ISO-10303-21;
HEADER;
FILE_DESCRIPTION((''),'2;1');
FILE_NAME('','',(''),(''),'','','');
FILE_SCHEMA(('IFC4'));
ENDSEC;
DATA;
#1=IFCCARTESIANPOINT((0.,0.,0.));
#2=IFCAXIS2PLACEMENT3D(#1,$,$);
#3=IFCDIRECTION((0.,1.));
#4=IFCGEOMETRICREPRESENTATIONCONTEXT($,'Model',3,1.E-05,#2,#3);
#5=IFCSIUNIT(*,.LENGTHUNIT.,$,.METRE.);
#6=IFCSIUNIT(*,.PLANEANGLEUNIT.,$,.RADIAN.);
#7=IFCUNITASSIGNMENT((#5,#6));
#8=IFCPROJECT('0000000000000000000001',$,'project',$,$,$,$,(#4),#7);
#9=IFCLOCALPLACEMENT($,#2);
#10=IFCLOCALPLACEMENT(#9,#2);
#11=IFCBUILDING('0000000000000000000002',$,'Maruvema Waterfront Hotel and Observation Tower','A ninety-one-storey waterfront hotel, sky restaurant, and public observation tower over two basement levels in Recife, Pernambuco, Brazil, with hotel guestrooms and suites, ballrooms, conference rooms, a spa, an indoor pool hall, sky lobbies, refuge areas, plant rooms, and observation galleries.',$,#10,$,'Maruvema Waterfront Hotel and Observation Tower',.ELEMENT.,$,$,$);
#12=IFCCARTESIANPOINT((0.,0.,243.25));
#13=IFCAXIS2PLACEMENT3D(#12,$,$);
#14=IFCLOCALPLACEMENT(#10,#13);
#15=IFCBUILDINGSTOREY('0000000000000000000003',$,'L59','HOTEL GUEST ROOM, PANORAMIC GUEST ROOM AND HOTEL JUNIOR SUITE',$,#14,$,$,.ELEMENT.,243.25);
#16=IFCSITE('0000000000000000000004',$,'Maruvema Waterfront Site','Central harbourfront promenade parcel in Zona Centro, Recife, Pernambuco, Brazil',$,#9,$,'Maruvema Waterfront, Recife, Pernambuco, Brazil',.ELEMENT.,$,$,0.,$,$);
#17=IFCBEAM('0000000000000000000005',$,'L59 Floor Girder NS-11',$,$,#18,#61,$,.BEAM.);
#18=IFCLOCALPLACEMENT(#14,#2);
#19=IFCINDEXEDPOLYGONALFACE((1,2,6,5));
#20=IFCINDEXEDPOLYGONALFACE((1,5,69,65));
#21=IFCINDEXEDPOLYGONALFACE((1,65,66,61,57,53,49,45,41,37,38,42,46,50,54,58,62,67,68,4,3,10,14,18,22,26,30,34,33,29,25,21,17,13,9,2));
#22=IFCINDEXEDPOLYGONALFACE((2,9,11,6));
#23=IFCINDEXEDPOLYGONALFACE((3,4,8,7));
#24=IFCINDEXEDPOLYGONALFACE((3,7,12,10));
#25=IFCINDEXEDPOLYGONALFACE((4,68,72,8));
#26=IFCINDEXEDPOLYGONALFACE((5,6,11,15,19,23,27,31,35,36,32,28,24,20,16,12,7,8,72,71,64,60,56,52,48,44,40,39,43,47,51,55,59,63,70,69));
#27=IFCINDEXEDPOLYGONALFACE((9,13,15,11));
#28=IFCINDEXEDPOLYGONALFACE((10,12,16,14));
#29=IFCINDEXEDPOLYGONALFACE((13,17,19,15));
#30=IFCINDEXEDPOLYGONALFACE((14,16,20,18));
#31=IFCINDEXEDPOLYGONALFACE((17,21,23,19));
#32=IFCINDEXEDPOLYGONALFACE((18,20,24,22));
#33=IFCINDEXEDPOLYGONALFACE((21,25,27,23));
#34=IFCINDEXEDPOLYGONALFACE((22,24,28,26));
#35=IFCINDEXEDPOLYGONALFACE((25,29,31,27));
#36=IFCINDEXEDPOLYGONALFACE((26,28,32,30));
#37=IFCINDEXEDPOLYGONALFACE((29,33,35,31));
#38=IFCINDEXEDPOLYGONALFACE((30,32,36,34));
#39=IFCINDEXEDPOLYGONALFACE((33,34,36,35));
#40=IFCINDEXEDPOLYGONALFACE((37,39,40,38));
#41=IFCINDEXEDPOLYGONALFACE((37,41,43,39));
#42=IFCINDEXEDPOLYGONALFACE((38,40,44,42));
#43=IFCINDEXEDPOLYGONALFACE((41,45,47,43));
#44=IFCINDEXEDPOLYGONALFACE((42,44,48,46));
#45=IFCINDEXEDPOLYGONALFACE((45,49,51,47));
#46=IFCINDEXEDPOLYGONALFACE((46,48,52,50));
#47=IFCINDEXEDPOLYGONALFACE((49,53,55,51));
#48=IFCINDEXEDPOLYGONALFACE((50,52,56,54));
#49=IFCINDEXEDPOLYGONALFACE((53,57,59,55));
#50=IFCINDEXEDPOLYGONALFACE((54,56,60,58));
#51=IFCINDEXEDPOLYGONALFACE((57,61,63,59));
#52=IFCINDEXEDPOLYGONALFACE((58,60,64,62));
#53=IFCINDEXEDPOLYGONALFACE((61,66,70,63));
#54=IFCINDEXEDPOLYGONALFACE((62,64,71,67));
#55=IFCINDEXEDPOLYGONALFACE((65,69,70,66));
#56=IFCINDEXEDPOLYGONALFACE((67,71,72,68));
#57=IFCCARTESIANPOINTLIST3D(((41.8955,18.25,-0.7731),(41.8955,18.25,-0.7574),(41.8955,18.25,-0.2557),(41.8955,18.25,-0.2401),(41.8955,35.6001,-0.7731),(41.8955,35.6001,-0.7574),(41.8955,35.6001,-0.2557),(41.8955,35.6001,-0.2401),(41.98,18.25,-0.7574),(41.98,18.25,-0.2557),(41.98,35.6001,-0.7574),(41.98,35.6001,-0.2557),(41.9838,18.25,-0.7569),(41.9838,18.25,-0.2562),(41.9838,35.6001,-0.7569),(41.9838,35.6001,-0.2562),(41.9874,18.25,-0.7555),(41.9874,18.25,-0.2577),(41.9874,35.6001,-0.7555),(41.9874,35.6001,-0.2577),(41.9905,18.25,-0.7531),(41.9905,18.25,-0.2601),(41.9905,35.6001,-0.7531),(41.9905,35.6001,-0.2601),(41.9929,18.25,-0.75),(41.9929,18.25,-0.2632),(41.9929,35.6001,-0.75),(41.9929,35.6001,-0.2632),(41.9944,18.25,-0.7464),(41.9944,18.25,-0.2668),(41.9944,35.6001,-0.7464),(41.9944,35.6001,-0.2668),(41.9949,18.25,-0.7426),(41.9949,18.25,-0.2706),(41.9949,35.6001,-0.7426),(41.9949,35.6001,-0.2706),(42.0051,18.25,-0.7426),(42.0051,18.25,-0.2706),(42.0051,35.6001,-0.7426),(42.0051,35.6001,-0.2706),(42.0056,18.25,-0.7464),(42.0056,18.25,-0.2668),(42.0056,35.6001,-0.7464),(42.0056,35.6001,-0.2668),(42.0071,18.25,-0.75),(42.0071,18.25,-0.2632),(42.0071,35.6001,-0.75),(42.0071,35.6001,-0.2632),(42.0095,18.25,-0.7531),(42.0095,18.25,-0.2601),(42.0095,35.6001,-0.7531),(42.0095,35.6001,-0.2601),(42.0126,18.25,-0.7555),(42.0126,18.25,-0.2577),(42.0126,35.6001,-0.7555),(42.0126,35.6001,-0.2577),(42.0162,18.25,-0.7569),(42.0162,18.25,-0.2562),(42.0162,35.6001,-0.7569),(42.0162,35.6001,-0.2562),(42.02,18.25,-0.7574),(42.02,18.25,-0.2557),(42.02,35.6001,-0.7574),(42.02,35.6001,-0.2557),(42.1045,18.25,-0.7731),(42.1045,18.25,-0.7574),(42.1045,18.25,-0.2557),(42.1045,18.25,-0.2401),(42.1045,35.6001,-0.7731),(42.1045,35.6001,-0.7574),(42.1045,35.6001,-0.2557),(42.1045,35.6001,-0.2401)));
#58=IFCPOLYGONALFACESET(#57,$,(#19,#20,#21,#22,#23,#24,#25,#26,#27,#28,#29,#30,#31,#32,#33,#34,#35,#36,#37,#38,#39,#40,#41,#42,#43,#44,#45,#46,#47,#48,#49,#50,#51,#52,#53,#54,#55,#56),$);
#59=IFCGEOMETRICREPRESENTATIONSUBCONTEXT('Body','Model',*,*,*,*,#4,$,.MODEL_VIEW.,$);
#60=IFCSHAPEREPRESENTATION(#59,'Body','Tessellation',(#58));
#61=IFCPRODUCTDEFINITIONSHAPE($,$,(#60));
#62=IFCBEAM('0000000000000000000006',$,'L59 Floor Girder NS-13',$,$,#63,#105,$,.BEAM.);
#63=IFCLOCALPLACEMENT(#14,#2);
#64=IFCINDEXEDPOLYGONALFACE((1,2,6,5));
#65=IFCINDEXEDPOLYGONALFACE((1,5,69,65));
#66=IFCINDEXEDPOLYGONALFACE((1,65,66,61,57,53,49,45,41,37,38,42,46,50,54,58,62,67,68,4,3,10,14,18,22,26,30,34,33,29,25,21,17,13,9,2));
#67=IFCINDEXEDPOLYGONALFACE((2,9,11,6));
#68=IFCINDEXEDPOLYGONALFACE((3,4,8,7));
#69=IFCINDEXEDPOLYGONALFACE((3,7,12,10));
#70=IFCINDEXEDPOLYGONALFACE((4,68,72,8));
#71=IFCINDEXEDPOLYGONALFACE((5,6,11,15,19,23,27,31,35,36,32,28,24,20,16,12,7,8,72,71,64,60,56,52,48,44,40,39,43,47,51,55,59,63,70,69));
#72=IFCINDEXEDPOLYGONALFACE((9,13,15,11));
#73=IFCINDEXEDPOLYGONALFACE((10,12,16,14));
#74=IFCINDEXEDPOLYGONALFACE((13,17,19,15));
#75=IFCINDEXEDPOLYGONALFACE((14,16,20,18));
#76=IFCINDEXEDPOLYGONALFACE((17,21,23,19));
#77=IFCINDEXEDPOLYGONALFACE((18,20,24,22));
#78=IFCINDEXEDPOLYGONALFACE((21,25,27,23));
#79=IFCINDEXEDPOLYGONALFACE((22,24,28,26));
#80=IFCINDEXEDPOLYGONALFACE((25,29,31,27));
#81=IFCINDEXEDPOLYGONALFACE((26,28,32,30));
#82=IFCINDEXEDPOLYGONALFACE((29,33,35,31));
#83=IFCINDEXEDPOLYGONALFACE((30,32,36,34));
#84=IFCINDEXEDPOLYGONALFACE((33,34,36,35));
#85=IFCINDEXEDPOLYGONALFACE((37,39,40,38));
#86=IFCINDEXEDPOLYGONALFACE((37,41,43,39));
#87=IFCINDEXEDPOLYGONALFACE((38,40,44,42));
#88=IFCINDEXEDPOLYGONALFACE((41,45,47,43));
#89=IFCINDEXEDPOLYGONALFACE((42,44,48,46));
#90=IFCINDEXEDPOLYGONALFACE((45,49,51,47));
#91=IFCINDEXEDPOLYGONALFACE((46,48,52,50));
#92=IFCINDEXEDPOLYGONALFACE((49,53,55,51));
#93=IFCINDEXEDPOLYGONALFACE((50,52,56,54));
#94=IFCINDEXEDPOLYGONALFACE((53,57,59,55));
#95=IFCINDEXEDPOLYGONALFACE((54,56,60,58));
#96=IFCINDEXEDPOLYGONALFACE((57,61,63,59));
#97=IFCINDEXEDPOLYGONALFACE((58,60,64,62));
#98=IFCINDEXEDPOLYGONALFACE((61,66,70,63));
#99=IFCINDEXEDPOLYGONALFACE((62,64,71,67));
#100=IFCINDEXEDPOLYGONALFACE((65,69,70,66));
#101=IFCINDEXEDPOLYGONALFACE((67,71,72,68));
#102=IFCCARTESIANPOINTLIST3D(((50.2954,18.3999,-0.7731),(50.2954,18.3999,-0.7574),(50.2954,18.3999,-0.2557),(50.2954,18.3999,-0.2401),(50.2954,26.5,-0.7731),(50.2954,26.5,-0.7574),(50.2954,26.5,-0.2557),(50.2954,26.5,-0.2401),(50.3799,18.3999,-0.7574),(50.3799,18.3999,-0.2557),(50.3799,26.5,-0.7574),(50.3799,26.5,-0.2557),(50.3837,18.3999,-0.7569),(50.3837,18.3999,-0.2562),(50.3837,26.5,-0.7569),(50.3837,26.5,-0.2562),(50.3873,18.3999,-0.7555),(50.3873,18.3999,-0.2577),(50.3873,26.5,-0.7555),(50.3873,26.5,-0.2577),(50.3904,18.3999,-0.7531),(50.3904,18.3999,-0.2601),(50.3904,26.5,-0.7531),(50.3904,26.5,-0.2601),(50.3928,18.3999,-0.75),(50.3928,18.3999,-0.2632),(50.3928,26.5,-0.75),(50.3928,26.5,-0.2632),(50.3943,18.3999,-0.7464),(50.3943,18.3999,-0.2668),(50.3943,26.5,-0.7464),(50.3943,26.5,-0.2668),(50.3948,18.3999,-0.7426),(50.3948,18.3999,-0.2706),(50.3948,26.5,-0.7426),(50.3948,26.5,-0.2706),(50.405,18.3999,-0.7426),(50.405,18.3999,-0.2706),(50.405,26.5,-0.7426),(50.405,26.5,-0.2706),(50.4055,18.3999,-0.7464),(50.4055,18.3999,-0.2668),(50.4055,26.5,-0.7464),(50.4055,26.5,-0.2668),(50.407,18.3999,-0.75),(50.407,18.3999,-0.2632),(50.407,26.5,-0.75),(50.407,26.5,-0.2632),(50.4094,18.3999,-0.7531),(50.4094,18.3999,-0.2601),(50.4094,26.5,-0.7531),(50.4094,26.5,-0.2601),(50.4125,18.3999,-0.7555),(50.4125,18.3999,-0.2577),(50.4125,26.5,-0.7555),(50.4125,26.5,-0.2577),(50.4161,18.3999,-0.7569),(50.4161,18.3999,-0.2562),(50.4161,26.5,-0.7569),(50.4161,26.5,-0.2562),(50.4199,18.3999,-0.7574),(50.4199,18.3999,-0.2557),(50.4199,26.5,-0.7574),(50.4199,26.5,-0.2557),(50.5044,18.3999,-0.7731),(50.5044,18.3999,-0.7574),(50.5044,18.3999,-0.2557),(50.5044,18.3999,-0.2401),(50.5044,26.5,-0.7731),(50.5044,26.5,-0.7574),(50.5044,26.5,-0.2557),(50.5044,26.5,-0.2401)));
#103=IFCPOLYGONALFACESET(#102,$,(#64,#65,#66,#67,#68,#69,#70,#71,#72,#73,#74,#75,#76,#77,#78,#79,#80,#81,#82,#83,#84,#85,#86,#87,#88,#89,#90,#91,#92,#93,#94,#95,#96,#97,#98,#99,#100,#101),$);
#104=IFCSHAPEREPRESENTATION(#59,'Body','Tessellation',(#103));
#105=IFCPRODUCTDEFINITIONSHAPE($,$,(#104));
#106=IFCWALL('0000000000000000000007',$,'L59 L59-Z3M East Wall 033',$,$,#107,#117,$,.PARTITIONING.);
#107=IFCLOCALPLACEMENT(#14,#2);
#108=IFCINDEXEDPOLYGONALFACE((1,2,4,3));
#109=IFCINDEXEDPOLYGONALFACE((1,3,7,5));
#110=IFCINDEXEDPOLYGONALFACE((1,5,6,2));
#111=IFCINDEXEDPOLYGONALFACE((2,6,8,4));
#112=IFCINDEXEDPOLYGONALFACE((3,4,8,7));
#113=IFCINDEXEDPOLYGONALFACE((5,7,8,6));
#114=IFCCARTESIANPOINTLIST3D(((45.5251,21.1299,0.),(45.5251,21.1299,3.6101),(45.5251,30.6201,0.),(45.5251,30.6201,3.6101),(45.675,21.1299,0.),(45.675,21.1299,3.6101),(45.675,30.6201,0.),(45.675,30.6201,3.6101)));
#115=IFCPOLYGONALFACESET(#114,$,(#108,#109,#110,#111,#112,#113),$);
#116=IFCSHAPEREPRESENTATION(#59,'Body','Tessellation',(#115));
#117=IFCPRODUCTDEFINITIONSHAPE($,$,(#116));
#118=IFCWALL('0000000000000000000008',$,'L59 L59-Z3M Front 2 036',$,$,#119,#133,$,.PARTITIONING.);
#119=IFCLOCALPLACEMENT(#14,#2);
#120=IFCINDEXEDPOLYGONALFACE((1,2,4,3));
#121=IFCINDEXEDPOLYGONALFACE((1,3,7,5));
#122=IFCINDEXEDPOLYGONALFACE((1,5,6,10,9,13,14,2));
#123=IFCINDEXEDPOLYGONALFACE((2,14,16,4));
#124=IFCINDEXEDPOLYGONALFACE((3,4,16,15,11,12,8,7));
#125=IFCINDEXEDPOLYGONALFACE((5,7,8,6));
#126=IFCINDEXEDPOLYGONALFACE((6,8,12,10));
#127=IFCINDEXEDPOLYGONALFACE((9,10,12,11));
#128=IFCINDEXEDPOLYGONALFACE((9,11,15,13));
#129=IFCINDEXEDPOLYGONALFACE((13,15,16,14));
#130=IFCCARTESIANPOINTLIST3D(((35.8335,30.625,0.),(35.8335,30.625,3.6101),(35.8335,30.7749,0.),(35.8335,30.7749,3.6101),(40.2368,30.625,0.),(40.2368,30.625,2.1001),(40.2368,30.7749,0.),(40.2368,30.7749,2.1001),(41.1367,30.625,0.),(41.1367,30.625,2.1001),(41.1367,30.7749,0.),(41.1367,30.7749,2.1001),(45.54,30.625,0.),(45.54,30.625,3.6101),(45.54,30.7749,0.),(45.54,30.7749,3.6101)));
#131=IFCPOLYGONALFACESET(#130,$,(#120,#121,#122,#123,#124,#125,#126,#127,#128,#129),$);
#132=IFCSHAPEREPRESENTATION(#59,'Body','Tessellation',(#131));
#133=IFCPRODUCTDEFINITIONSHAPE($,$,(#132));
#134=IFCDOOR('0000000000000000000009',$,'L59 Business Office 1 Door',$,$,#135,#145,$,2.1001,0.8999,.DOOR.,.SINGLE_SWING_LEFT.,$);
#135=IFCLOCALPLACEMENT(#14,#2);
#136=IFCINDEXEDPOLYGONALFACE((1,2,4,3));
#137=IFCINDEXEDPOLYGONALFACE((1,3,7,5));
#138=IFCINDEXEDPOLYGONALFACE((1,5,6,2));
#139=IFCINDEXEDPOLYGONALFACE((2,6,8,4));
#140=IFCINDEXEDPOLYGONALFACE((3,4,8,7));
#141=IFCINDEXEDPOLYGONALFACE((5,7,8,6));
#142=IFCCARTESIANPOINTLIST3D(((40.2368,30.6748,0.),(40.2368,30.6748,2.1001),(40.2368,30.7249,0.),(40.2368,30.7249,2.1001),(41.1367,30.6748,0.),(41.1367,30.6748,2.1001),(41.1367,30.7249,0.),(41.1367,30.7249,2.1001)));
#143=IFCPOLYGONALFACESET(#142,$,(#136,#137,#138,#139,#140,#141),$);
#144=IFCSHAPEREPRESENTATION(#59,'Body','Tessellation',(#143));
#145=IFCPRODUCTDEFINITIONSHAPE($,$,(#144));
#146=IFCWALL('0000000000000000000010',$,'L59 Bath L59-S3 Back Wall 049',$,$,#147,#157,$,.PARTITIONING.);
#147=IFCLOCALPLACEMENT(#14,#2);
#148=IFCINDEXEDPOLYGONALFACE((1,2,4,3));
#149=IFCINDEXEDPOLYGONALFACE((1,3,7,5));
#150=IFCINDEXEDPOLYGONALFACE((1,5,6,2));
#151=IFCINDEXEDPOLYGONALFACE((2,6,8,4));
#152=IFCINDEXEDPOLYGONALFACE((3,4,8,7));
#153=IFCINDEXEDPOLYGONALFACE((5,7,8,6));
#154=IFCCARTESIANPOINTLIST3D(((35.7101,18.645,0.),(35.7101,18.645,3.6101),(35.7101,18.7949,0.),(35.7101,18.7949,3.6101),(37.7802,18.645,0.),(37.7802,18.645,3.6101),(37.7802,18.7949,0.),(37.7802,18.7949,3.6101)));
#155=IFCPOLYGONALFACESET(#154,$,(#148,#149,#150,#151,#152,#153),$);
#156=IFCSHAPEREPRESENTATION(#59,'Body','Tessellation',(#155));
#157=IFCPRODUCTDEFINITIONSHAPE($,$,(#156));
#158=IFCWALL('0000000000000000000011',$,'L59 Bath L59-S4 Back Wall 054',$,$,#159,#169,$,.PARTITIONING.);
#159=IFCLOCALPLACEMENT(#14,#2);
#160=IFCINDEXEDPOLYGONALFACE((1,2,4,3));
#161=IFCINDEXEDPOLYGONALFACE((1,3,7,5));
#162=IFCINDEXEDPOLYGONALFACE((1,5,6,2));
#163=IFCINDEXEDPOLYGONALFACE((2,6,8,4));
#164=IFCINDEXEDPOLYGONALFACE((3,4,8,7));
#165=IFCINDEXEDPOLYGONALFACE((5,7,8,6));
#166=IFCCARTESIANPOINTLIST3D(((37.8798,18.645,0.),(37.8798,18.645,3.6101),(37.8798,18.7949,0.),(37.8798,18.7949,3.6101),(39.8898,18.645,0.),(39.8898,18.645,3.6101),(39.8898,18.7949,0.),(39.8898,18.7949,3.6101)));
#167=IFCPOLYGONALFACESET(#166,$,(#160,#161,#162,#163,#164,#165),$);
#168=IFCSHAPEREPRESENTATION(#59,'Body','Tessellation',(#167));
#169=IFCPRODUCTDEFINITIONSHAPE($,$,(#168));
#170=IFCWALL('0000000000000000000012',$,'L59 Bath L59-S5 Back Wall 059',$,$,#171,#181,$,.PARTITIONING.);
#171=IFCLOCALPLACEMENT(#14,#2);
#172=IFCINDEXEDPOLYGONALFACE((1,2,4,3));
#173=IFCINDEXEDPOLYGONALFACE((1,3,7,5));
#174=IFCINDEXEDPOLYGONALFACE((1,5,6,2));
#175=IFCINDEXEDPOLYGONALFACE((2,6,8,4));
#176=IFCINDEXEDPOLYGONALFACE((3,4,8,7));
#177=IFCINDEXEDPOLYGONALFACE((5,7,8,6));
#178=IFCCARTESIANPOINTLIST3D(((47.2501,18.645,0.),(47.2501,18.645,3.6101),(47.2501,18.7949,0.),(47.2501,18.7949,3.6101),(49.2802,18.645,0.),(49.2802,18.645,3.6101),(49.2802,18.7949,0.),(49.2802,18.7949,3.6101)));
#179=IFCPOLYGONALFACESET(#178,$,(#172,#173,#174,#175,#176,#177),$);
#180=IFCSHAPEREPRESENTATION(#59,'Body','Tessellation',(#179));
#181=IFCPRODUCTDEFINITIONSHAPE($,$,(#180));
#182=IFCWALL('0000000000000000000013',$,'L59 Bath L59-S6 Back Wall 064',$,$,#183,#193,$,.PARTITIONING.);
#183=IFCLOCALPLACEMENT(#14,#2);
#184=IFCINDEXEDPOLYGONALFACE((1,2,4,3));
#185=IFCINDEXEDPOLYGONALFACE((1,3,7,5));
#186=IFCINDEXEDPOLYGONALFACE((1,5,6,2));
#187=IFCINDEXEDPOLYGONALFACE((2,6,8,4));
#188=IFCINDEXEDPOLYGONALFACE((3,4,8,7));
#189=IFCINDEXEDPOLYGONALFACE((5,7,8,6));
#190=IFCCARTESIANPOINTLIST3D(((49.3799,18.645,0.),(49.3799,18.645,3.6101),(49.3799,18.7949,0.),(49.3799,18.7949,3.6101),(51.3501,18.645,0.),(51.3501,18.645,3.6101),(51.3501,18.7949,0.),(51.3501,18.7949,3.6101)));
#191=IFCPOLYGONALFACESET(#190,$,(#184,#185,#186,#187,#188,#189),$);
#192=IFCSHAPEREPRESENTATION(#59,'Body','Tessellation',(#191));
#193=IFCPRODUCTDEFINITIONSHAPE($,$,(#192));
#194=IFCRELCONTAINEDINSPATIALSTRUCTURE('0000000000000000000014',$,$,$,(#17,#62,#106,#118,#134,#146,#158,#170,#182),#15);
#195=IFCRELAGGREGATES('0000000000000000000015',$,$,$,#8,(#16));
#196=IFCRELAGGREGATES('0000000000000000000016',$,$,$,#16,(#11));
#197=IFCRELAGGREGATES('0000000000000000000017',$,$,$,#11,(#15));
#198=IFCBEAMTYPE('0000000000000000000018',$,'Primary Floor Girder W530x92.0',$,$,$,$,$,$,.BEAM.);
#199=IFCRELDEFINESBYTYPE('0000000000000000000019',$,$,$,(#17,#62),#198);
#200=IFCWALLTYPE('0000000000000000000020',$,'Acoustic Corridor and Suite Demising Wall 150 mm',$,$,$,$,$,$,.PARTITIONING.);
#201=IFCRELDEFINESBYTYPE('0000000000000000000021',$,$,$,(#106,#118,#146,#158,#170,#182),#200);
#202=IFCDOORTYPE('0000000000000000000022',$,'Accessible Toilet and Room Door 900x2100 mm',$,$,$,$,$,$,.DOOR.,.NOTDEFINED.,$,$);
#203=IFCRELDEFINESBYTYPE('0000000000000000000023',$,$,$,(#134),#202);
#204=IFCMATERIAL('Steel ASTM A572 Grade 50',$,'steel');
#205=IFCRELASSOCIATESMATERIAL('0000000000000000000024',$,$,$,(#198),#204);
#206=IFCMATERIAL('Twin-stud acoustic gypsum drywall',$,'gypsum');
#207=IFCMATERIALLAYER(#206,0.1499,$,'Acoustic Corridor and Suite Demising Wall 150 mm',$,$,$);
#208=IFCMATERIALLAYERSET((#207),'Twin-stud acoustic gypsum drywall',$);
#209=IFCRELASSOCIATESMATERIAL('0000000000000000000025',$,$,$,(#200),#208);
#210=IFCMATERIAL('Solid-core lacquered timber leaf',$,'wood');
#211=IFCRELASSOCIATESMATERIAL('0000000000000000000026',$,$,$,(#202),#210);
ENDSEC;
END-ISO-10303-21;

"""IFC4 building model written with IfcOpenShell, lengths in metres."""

from ifc_helpers import new_model, si_unit, direction, frame, frame_2d, origin, origin_2d, place, context, subcontext, project, spatial, rectangle, i_section, extrude, material, layer, layer_set, material_profile, profile_set, type_object, element, fill, save


model = new_model("IFC4")

# Units and contexts
model_context = context("Model", 3, precision=1e-05, world=origin(), true_north=direction((0.0, 1.0)))
body_context = subcontext(model_context, "Body", "Model", "MODEL_VIEW")
ifc_project = project(units=[si_unit("LENGTHUNIT", "METRE"), si_unit("PLANEANGLEUNIT", "RADIAN")], contexts=[model_context])

# Site, building, storey
site_placement = place(None, origin())
site = spatial("IfcSite", under=ifc_project, at=site_placement, Name="Maruvema Waterfront Site", Description="Central harbourfront promenade parcel in Zona Centro, Recife, Pernambuco, Brazil", LongName="Maruvema Waterfront, Recife, Pernambuco, Brazil", CompositionType="ELEMENT", RefElevation=0.0)
building_placement = place(site_placement, origin())
building = spatial("IfcBuilding", under=site, at=building_placement, Name="Maruvema Waterfront Hotel and Observation Tower", Description="A ninety-one-storey waterfront hotel, sky restaurant, and public observation tower over two basement levels in Recife, Pernambuco, Brazil, with hotel guestrooms and suites, ballrooms, conference rooms, a spa, an indoor pool hall, sky lobbies, refuge areas, plant rooms, and observation galleries.", LongName="Maruvema Waterfront Hotel and Observation Tower", CompositionType="ELEMENT")
storey_placement = place(building_placement, frame((0.0, 0.0, 243.25)))
storey = spatial("IfcBuildingStorey", under=building, at=storey_placement, Name="L59", Description="HOTEL GUEST ROOM, PANORAMIC GUEST ROOM AND HOTEL JUNIOR SUITE", CompositionType="ELEMENT", Elevation=243.25)

# Beams
ifc_material_1 = material(Name="Steel ASTM A572 Grade 50", Category="steel")
ifc_material_profile = material_profile(ifc_material_1, i_section(OverallWidth=0.209, OverallDepth=0.533, WebThickness=0.0103, FlangeThickness=0.0156, FilletRadius=0.0149, at=origin_2d()), Name="W530x92.0")
ifc_profile_set = profile_set([ifc_material_profile], Name="Steel ASTM A572 Grade 50")
beam_type = type_object("IfcBeamType", Name="Primary Floor Girder W530x92.0", PredefinedType="BEAM", material=ifc_profile_set)
beam_1_placement = place(storey_placement, frame((42.0, 18.25, -0.5066), z_axis=(0.0, 1.0, 0.0), x_axis=(-1.0, 0.0, 0.0)))
element("IfcBeam", 1, at=beam_1_placement, inside=storey, type_object=beam_type, Name="L59 Floor Girder NS-11", PredefinedType="BEAM", context=body_context, shape_type="SweptSolid", body=[
    extrude(i_section(OverallWidth=0.209, OverallDepth=0.533, WebThickness=0.0103, FlangeThickness=0.0156, FilletRadius=0.0149, at=origin_2d()), origin(), (0.0, 0.0, 1.0), 17.3501),
])
beam_2_placement = place(storey_placement, frame((50.3999, 18.3999, -0.5066), z_axis=(0.0, 1.0, 0.0), x_axis=(-1.0, 0.0, 0.0)))
element("IfcBeam", 2, at=beam_2_placement, inside=storey, type_object=beam_type, Name="L59 Floor Girder NS-13", PredefinedType="BEAM", context=body_context, shape_type="SweptSolid", body=[
    extrude(i_section(OverallWidth=0.209, OverallDepth=0.533, WebThickness=0.0103, FlangeThickness=0.0156, FilletRadius=0.0149, at=origin_2d()), origin(), (0.0, 0.0, 1.0), 8.1001),
])

# Wall
ifc_material_2 = material(Name="Twin-stud acoustic gypsum drywall", Category="gypsum")
ifc_layer_1 = layer(ifc_material_2, 0.1499, Name="Acoustic Corridor and Suite Demising Wall 150 mm")
ifc_layer_set_1 = layer_set([ifc_layer_1], Name="Twin-stud acoustic gypsum drywall")
wall_type_1 = type_object("IfcWallType", Name="Acoustic Corridor and Suite Demising Wall 150 mm", PredefinedType="PARTITIONING", material=ifc_layer_set_1)
wall_1_placement = place(storey_placement, frame((45.6001, 21.1299, 0.0), z_axis=(0.0, 0.0, 1.0), x_axis=(0.0, 1.0, 0.0)))
element("IfcWall", 3, at=wall_1_placement, inside=storey, type_object=wall_type_1, Name="L59 L59-Z3M East Wall 033", PredefinedType="PARTITIONING", context=body_context, shape_type="SweptSolid", body=[
    extrude(rectangle(XDim=9.4902, YDim=0.1499, at=frame_2d((4.7451, 0.0))), origin(), (0.0, 0.0, 1.0), 3.6101),
])

# Wall, opening, door
wall_2_placement = place(storey_placement, frame((35.8335, 30.7, 0.0), z_axis=(0.0, 0.0, 1.0), x_axis=(1.0, 0.0, 0.0)))
wall_2 = element("IfcWall", 4, at=wall_2_placement, inside=storey, type_object=wall_type_1, Name="L59 L59-Z3M Front 2 036", PredefinedType="PARTITIONING", context=body_context, shape_type="SweptSolid", body=[
    extrude(rectangle(XDim=9.7065, YDim=0.1499, at=frame_2d((4.8533, 0.0))), origin(), (0.0, 0.0, 1.0), 3.6101),
])
opening_1_placement = place(wall_2_placement, frame((4.4033, 0.0, 0.0)))
opening_1 = element("IfcOpeningElement", 5, at=opening_1_placement, cuts=wall_2, PredefinedType="OPENING", context=body_context, shape_type="SweptSolid", body=[
    extrude(rectangle(XDim=0.8999, YDim=2.1001, at=frame_2d((0.45, 1.05))), frame((0.0, 0.085, 0.0), z_axis=(0.0, -1.0, 0.0), x_axis=(1.0, 0.0, 0.0)), (0.0, 0.0, 1.0), 0.1699),
])
ifc_material_3 = material(Name="Solid-core lacquered timber leaf", Category="wood")
door_type_1 = type_object("IfcDoorType", Name="Accessible Toilet and Room Door 900x2100 mm", OperationType="NOTDEFINED", PredefinedType="DOOR", material=ifc_material_3)
door_1_placement = place(opening_1_placement, origin())
door_1 = element("IfcDoor", 6, at=door_1_placement, inside=storey, type_object=door_type_1, Name="L59 Business Office 1 Door", OperationType="SINGLE_SWING_LEFT", OverallHeight=2.1001, OverallWidth=0.8999, PredefinedType="DOOR", context=body_context, shape_type="SweptSolid", body=[
    extrude(rectangle(XDim=0.8999, YDim=2.1001, at=frame_2d((0.45, 1.05))), frame((0.0, 0.0249, 0.0), z_axis=(0.0, -1.0, 0.0), x_axis=(1.0, 0.0, 0.0)), (0.0, 0.0, 1.0), 0.05),
])
fill(opening_1, door_1)

# Walls
wall_3_placement = place(storey_placement, frame((35.71, 18.72, 0.0), z_axis=(0.0, 0.0, 1.0), x_axis=(1.0, 0.0, 0.0)))
element("IfcWall", 7, at=wall_3_placement, inside=storey, type_object=wall_type_1, Name="L59 Bath L59-S3 Back Wall 049", PredefinedType="PARTITIONING", context=body_context, shape_type="SweptSolid", body=[
    extrude(rectangle(XDim=2.0701, YDim=0.1499, at=frame_2d((1.0352, 0.0))), origin(), (0.0, 0.0, 1.0), 3.6101),
])
wall_4_placement = place(storey_placement, frame((37.8799, 18.72, 0.0), z_axis=(0.0, 0.0, 1.0), x_axis=(1.0, 0.0, 0.0)))
element("IfcWall", 8, at=wall_4_placement, inside=storey, type_object=wall_type_1, Name="L59 Bath L59-S4 Back Wall 054", PredefinedType="PARTITIONING", context=body_context, shape_type="SweptSolid", body=[
    extrude(rectangle(XDim=2.01, YDim=0.1499, at=frame_2d((1.0049, 0.0))), origin(), (0.0, 0.0, 1.0), 3.6101),
])

# Wall
wall_5_placement = place(storey_placement, frame((47.25, 18.72, 0.0), z_axis=(0.0, 0.0, 1.0), x_axis=(1.0, 0.0, 0.0)))
element("IfcWall", 9, at=wall_5_placement, inside=storey, type_object=wall_type_1, Name="L59 Bath L59-S5 Back Wall 059", PredefinedType="PARTITIONING", context=body_context, shape_type="SweptSolid", body=[
    extrude(rectangle(XDim=2.03, YDim=0.1499, at=frame_2d((1.0151, 0.0))), origin(), (0.0, 0.0, 1.0), 3.6101),
])

# Wall
wall_6_placement = place(storey_placement, frame((49.3799, 18.72, 0.0), z_axis=(0.0, 0.0, 1.0), x_axis=(1.0, 0.0, 0.0)))
element("IfcWall", 10, at=wall_6_placement, inside=storey, type_object=wall_type_1, Name="L59 Bath L59-S6 Back Wall 064", PredefinedType="PARTITIONING", context=body_context, shape_type="SweptSolid", body=[
    extrude(rectangle(XDim=1.9702, YDim=0.1499, at=frame_2d((0.9851, 0.0))), origin(), (0.0, 0.0, 1.0), 3.6101),
])

save(model, "model.ifc")
